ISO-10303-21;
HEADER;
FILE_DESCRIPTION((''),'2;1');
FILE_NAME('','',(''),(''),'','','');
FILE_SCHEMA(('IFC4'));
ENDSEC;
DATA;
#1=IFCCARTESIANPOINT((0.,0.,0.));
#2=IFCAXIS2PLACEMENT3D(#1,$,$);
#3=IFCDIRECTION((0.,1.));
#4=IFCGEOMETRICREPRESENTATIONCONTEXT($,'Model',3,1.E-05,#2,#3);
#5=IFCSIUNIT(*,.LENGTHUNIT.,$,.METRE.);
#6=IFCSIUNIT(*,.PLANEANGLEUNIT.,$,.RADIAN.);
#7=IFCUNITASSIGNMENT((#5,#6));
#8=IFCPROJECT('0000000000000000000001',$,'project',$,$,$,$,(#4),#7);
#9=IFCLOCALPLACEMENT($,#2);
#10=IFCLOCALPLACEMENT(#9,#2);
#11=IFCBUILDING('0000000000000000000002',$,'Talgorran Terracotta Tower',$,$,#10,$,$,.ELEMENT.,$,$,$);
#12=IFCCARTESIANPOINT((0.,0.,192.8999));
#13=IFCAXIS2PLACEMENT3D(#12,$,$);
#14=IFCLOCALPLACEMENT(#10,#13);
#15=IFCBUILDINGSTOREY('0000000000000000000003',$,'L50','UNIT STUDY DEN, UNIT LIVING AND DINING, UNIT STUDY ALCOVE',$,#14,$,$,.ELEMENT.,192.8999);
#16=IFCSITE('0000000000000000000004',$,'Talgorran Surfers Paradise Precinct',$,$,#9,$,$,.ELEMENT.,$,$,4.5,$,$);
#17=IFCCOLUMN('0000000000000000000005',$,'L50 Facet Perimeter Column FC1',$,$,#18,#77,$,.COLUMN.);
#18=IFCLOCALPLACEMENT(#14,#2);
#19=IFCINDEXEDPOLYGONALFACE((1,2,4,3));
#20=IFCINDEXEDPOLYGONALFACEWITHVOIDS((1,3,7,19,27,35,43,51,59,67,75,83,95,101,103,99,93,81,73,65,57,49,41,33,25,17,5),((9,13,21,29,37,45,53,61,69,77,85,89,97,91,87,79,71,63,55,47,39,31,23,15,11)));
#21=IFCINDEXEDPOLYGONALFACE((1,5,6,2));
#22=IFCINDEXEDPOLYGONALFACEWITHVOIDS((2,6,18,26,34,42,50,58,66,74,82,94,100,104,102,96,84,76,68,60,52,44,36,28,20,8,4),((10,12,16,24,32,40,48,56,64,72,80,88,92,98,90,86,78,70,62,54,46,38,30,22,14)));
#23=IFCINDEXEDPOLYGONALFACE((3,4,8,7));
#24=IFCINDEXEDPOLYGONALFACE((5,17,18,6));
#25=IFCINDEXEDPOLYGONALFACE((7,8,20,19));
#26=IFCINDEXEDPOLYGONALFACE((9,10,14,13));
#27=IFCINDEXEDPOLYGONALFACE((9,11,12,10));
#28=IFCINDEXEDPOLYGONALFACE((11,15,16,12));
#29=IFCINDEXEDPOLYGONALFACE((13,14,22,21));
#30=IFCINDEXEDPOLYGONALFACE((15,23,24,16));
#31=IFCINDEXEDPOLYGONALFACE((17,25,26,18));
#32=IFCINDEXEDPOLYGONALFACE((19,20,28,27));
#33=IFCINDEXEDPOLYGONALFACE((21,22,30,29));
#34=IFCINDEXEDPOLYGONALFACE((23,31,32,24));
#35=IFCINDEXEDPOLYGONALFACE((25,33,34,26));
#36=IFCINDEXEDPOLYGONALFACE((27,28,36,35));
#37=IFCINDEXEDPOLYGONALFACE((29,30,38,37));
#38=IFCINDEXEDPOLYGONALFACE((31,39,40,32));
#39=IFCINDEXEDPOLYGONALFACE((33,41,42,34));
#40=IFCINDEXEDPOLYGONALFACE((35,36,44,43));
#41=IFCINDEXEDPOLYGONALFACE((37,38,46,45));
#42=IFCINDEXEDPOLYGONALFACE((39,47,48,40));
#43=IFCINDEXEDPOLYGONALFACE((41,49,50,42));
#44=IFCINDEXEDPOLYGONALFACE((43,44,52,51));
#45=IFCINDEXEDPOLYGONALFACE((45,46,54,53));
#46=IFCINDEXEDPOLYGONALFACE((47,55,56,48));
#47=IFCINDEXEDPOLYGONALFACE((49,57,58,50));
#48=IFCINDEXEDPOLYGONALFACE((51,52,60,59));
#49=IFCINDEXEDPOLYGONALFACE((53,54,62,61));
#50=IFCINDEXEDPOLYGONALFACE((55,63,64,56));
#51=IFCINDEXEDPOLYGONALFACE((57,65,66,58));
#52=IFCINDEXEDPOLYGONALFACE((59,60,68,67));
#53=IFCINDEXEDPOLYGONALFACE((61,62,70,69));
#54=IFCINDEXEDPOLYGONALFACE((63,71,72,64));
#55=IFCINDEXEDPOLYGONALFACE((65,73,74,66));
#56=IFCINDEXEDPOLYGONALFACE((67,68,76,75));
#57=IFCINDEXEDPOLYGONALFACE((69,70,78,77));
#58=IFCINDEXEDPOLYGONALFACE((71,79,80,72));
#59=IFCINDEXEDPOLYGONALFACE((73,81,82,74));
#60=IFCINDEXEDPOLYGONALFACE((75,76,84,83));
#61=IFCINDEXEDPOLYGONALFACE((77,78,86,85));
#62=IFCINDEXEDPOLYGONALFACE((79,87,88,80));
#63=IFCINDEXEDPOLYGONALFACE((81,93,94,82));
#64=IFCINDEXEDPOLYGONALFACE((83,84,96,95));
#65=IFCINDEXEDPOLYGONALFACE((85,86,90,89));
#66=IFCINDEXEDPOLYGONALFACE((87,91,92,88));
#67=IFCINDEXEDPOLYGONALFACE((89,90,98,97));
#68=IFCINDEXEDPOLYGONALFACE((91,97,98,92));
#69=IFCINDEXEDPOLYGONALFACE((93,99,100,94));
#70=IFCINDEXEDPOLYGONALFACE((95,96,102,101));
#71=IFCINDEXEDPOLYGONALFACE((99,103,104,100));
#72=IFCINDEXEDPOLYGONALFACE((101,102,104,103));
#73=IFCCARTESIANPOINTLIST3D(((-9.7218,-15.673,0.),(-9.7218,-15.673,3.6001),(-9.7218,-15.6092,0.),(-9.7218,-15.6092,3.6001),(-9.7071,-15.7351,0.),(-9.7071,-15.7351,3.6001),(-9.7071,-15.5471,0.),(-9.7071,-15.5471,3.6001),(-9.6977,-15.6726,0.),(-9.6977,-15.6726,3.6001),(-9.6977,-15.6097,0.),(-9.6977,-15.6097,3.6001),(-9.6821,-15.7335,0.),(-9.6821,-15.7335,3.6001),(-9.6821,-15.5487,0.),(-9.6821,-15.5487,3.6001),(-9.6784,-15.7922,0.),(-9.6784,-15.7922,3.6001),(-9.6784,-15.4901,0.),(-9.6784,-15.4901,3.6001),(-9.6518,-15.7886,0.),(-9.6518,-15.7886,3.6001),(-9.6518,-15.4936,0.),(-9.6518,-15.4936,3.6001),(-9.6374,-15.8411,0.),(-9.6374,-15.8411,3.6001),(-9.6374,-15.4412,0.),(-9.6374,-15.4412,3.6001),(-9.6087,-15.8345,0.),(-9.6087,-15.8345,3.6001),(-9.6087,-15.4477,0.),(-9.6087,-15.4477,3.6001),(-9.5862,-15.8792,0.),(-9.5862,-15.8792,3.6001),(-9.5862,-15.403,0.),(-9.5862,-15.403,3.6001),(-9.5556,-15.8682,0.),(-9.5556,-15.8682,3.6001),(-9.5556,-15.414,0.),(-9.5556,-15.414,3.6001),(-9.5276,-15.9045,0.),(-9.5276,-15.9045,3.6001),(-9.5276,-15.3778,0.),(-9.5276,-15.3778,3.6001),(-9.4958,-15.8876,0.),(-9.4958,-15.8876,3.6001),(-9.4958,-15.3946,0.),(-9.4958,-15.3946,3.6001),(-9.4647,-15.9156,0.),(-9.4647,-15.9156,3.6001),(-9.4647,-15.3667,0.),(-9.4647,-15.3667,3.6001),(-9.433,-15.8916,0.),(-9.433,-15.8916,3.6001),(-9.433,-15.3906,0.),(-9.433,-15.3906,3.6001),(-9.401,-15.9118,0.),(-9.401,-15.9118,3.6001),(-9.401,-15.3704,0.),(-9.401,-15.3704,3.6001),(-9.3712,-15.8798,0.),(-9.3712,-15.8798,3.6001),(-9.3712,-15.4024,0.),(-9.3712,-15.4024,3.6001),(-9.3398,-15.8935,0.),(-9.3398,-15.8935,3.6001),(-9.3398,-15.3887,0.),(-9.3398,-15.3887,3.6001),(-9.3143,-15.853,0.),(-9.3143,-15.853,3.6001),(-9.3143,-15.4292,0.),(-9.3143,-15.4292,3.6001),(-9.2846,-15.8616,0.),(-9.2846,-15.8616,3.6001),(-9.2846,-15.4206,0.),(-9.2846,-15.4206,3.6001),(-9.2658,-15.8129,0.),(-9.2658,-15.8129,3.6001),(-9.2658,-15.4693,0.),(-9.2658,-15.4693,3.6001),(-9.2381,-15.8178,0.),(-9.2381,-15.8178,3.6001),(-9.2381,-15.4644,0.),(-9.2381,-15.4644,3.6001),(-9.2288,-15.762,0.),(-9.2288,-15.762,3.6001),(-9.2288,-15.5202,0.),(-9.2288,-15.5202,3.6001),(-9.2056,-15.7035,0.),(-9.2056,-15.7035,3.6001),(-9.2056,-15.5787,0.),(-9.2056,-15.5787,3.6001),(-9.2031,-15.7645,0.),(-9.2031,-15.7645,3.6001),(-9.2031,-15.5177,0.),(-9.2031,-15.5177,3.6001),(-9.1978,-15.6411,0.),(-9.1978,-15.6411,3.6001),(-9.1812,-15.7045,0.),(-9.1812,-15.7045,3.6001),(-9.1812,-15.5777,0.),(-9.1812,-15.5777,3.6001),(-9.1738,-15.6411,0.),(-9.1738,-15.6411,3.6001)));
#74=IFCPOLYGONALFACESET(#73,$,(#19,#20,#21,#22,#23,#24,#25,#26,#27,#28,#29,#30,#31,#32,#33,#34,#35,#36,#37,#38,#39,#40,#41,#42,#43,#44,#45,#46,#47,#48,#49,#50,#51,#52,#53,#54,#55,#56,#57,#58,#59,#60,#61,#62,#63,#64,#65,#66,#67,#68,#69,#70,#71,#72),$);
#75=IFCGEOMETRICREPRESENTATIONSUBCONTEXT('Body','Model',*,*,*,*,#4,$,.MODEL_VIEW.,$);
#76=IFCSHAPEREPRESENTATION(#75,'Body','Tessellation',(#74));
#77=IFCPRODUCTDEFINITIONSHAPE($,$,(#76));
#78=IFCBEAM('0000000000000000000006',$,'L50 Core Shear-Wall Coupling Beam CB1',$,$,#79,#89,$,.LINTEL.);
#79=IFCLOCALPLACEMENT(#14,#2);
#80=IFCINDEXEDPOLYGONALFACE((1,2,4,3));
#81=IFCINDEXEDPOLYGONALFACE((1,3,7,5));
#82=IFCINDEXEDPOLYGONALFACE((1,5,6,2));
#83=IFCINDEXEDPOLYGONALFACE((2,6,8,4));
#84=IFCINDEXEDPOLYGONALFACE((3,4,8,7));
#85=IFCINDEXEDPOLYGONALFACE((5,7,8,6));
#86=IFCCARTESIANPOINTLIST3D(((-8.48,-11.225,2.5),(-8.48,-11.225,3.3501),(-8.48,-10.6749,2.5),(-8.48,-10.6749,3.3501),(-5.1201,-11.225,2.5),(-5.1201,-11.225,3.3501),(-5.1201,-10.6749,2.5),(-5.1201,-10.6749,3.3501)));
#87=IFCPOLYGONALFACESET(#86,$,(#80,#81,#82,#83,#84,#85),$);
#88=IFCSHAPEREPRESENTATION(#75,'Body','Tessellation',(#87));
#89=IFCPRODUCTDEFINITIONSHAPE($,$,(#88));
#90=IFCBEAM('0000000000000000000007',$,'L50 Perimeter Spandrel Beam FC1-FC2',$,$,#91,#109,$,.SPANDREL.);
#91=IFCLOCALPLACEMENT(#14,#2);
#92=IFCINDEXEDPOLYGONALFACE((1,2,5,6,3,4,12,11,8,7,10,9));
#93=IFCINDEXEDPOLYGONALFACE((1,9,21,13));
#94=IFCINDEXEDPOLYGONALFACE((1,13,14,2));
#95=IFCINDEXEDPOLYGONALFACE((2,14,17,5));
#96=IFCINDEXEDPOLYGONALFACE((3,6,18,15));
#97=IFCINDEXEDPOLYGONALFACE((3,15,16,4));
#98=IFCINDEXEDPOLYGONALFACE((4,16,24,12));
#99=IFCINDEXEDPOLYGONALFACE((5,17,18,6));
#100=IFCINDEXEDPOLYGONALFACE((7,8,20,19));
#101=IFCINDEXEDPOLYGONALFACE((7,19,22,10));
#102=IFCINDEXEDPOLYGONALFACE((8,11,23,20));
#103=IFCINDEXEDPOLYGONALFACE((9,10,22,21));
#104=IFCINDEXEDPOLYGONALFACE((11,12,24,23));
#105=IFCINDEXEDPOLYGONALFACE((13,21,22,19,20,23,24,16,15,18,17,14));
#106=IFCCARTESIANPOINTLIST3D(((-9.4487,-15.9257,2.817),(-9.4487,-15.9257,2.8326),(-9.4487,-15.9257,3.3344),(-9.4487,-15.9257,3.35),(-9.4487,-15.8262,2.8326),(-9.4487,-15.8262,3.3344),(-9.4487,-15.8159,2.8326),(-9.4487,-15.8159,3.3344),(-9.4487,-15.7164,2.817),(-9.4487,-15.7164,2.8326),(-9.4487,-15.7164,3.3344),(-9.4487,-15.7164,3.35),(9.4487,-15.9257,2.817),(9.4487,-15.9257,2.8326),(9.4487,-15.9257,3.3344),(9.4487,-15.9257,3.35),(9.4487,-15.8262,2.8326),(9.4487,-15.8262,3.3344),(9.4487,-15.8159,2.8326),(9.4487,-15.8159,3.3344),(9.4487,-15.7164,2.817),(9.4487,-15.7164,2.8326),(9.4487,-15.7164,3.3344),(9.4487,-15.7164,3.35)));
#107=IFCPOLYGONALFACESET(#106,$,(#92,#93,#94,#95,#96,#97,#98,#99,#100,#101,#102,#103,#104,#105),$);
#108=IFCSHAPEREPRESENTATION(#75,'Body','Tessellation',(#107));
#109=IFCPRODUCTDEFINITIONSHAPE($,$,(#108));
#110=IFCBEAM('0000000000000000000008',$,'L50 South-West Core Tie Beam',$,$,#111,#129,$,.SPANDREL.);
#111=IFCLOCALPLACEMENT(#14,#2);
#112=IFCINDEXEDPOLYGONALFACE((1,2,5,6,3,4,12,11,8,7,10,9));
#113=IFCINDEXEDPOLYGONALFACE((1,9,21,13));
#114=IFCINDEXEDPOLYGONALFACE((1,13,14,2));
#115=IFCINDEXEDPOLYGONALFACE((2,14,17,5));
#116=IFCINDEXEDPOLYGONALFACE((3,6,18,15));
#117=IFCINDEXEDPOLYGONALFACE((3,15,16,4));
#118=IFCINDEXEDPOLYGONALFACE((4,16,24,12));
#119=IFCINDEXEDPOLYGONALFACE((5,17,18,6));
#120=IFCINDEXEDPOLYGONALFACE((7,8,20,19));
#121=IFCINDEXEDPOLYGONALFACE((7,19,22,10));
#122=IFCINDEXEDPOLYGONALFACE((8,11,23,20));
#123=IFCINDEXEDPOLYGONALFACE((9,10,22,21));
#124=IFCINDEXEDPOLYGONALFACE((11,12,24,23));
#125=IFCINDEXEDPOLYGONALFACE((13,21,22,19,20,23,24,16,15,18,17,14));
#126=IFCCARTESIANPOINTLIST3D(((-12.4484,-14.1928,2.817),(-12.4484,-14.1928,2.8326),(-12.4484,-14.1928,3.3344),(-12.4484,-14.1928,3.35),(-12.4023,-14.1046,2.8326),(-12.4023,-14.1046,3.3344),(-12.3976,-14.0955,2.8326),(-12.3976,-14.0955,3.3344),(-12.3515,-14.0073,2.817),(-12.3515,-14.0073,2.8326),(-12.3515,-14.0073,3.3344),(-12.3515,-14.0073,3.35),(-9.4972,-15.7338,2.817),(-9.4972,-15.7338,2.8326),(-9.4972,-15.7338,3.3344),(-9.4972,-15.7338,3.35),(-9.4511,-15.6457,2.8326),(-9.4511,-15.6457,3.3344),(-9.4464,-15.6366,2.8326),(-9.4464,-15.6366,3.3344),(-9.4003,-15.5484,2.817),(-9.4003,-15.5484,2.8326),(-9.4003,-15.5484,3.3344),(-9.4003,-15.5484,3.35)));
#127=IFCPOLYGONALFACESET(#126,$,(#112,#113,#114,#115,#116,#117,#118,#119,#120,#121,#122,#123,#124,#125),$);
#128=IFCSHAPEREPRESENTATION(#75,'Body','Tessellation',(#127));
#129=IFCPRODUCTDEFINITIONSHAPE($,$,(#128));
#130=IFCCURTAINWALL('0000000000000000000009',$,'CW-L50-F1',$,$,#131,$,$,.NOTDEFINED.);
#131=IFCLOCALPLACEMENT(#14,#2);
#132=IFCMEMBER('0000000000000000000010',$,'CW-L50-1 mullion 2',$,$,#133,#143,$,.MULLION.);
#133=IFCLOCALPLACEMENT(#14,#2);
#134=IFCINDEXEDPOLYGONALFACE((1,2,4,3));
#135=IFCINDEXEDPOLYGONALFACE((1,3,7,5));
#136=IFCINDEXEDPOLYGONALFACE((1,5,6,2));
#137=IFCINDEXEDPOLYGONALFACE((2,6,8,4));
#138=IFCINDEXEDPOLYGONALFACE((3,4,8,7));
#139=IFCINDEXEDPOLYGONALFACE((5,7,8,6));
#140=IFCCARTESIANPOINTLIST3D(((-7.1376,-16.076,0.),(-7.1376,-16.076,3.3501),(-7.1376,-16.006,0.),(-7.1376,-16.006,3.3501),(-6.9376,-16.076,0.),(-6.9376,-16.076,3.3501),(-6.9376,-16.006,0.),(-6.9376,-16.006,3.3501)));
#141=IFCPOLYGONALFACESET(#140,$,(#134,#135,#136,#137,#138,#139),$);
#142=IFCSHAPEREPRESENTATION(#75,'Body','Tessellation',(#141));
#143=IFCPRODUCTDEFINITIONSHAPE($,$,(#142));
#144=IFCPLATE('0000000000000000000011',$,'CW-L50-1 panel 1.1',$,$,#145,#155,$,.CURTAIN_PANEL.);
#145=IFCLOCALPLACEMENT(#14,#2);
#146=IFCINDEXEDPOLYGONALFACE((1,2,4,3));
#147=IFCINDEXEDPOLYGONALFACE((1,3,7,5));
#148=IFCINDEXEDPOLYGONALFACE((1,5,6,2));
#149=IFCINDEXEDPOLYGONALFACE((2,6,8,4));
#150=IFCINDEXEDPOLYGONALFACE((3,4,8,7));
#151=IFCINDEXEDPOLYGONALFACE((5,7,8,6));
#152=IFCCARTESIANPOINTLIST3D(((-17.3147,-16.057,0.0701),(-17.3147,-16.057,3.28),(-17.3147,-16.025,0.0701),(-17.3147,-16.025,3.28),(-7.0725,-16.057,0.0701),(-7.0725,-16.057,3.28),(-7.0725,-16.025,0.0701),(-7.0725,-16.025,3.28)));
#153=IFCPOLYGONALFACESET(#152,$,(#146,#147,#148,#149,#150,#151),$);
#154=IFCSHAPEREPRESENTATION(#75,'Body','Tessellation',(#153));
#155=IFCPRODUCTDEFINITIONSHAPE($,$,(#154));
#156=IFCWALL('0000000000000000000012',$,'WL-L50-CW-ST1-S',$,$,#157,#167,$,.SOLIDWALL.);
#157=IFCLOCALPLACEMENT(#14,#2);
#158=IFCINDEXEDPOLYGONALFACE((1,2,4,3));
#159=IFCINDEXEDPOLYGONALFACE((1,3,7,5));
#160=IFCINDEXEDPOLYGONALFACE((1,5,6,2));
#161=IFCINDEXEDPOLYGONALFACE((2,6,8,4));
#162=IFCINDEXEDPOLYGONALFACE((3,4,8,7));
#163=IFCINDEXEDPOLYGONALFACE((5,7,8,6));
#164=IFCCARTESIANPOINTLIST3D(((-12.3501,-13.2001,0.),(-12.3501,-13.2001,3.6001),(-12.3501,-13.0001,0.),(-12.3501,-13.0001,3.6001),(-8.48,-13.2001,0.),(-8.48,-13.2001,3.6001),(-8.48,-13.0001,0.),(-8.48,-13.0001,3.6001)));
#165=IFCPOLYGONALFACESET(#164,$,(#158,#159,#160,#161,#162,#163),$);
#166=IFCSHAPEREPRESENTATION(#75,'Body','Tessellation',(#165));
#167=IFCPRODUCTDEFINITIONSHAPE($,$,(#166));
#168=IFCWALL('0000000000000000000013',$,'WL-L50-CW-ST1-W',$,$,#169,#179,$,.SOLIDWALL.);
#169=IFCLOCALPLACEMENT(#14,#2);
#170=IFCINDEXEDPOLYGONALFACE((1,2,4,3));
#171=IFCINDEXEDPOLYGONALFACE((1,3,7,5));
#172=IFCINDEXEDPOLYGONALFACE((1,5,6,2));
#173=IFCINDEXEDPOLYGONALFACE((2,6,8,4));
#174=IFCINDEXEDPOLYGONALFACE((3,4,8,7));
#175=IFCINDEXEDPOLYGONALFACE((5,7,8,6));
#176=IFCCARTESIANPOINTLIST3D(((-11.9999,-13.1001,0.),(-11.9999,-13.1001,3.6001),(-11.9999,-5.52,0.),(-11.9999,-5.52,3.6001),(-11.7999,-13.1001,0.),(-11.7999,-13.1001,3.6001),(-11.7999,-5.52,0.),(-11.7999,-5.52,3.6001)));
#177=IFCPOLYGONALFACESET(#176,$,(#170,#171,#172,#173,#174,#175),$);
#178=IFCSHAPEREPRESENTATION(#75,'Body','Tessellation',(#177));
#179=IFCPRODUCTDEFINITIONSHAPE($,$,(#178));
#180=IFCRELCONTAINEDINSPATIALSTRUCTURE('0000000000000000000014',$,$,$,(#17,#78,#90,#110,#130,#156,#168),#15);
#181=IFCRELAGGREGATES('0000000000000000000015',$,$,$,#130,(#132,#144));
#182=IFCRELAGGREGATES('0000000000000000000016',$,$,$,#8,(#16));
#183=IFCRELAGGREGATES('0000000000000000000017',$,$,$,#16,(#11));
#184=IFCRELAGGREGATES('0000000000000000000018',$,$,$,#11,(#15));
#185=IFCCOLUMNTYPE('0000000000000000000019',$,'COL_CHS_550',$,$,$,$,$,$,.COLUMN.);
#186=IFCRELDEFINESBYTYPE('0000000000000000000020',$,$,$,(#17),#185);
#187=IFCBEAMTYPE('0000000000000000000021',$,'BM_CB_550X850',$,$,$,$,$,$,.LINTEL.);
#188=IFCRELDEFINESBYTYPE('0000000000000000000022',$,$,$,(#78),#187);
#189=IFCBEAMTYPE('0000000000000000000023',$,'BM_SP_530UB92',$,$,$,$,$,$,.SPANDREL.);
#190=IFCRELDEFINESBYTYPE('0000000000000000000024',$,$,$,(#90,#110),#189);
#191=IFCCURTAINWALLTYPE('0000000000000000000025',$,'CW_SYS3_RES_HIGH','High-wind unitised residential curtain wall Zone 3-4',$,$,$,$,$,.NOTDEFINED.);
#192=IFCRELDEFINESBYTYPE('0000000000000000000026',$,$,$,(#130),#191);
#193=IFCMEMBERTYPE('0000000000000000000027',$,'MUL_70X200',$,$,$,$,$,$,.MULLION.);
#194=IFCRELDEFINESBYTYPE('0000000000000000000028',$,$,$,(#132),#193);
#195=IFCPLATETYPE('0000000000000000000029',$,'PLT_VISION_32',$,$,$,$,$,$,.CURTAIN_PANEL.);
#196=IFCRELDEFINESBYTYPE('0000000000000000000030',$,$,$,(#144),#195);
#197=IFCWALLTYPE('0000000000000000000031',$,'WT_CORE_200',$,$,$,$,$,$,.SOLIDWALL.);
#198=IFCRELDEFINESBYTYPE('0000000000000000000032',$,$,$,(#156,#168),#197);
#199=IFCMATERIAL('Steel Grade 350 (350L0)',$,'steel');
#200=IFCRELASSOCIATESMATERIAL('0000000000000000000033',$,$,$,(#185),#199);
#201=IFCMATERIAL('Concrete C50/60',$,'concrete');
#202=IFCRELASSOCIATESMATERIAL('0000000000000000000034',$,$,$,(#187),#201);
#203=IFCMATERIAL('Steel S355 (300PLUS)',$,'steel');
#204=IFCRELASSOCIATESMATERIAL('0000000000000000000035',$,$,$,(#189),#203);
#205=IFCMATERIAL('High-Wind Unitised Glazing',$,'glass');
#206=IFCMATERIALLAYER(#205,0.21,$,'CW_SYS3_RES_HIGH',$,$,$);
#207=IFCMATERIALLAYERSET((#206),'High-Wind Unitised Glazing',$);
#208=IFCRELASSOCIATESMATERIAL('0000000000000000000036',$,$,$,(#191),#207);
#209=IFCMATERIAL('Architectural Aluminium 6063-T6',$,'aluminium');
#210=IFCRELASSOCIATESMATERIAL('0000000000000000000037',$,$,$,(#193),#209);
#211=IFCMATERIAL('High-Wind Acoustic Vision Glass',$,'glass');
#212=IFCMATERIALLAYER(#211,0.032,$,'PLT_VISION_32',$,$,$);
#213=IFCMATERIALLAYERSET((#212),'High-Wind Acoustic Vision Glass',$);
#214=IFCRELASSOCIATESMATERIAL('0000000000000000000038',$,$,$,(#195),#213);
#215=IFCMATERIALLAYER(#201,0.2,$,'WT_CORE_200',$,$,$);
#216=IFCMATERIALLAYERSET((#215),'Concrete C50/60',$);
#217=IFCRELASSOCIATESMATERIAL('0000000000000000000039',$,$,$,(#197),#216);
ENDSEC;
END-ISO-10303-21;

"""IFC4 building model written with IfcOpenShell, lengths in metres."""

from ifc_helpers import new_model, si_unit, direction, frame, frame_2d, origin, origin_2d, place, context, subcontext, project, spatial, rectangle, hollow_circle, i_section, extrude, source, transform, mapped, material, layer, layer_set, material_profile, profile_set, type_object, type_shapes, element, aggregate, save


model = new_model("IFC4")

# Units and contexts
model_context = context("Model", 3, precision=1e-05, world=origin(), true_north=direction((0.0, 1.0)))
body_context = subcontext(model_context, "Body", "Model", "MODEL_VIEW")
ifc_project = project(units=[si_unit("LENGTHUNIT", "METRE"), si_unit("PLANEANGLEUNIT", "RADIAN")], contexts=[model_context])

# Site, building, storey
site_placement = place(None, origin())
site = spatial("IfcSite", under=ifc_project, at=site_placement, Name="Talgorran Surfers Paradise Precinct", CompositionType="ELEMENT", RefElevation=4.5)
building_placement = place(site_placement, origin())
building = spatial("IfcBuilding", under=site, at=building_placement, Name="Talgorran Terracotta Tower", CompositionType="ELEMENT")
storey_placement = place(building_placement, frame((0.0, 0.0, 192.8999)))
storey = spatial("IfcBuildingStorey", under=building, at=storey_placement, Name="L50", Description="UNIT STUDY DEN, UNIT LIVING AND DINING, UNIT STUDY ALCOVE", CompositionType="ELEMENT", Elevation=192.8999)

# Column
ifc_material_1 = material(Name="Steel Grade 350 (350L0)", Category="steel")
ifc_material_profile_1 = material_profile(ifc_material_1, hollow_circle(Radius=0.2749, WallThickness=0.0239, at=origin_2d()), Name="CHS550X24")
ifc_profile_set_1 = profile_set([ifc_material_profile_1], Name="Steel Grade 350 (350L0)")
column_type = type_object("IfcColumnType", Name="COL_CHS_550", PredefinedType="COLUMN", material=ifc_profile_set_1)
column_placement = place(storey_placement, frame((-9.4487, -15.6411, 0.0), z_axis=(0.0, 0.0, 1.0), x_axis=(1.0, 0.0, 0.0)))
element("IfcColumn", 1, at=column_placement, inside=storey, type_object=column_type, Name="L50 Facet Perimeter Column FC1", PredefinedType="COLUMN", context=body_context, shape_type="SweptSolid", body=[
    extrude(hollow_circle(Radius=0.2749, WallThickness=0.0239, at=origin_2d()), origin(), (0.0, 0.0, 1.0), 3.6001),
])

# Beams
ifc_material_2 = material(Name="Concrete C50/60", Category="concrete")
ifc_material_profile_2 = material_profile(ifc_material_2, rectangle(XDim=0.55, YDim=0.8501, at=origin_2d()), Name="RCCB550X850")
ifc_profile_set_2 = profile_set([ifc_material_profile_2], Name="Concrete C50/60")
beam_type_1 = type_object("IfcBeamType", Name="BM_CB_550X850", PredefinedType="LINTEL", material=ifc_profile_set_2)
beam_1_placement = place(storey_placement, frame((-8.48, -10.95, 2.925), z_axis=(1.0, 0.0, 0.0), x_axis=(0.0, 1.0, 0.0)))
element("IfcBeam", 2, at=beam_1_placement, inside=storey, type_object=beam_type_1, Name="L50 Core Shear-Wall Coupling Beam CB1", PredefinedType="LINTEL", context=body_context, shape_type="SweptSolid", body=[
    extrude(rectangle(XDim=0.55, YDim=0.8501, at=origin_2d()), origin(), (0.0, 0.0, 1.0), 3.3599),
])
ifc_material_3 = material(Name="Steel S355 (300PLUS)", Category="steel")
ifc_material_profile_3 = material_profile(ifc_material_3, i_section(OverallWidth=0.2092, OverallDepth=0.533, WebThickness=0.0103, FlangeThickness=0.0156, at=origin_2d()), Name="530UB92.4")
ifc_profile_set_3 = profile_set([ifc_material_profile_3], Name="Steel S355 (300PLUS)")
beam_type_2 = type_object("IfcBeamType", Name="BM_SP_530UB92", PredefinedType="SPANDREL", material=ifc_profile_set_3)
beam_2_placement = place(storey_placement, frame((-9.4487, -15.821, 3.0835), z_axis=(1.0, 0.0, 0.0), x_axis=(0.0, 1.0, 0.0)))
element("IfcBeam", 3, at=beam_2_placement, inside=storey, type_object=beam_type_2, Name="L50 Perimeter Spandrel Beam FC1-FC2", PredefinedType="SPANDREL", context=body_context, shape_type="SweptSolid", body=[
    extrude(i_section(OverallWidth=0.2092, OverallDepth=0.533, WebThickness=0.0103, FlangeThickness=0.0156, at=origin_2d()), origin(), (0.0, 0.0, 1.0), 18.8975),
])
beam_3_placement = place(storey_placement, frame((-9.4487, -15.6411, 3.0835), z_axis=(-0.886428, 0.462867, 0.0), x_axis=(-0.462867, -0.886428, 0.0)))
element("IfcBeam", 4, at=beam_3_placement, inside=storey, type_object=beam_type_2, Name="L50 South-West Core Tie Beam", PredefinedType="SPANDREL", context=body_context, shape_type="SweptSolid", body=[
    extrude(i_section(OverallWidth=0.2092, OverallDepth=0.533, WebThickness=0.0103, FlangeThickness=0.0156, at=origin_2d()), origin(), (0.0, 0.0, 1.0), 3.3293),
])

# Curtain wall, member, plate
ifc_material_4 = material(Name="High-Wind Unitised Glazing", Category="glass")
ifc_layer_1 = layer(ifc_material_4, 0.21, Name="CW_SYS3_RES_HIGH")
ifc_layer_set_1 = layer_set([ifc_layer_1], Name="High-Wind Unitised Glazing")
curtain_wall_type = type_object("IfcCurtainWallType", Name="CW_SYS3_RES_HIGH", Description="High-wind unitised residential curtain wall Zone 3-4", PredefinedType="NOTDEFINED", material=ifc_layer_set_1)
curtain_wall_placement = place(storey_placement, origin())
curtain_wall = element("IfcCurtainWall", 5, at=curtain_wall_placement, inside=storey, type_object=curtain_wall_type, Name="CW-L50-F1", PredefinedType="NOTDEFINED")
ifc_material_5 = material(Name="Architectural Aluminium 6063-T6", Category="aluminium")
ifc_material_profile_4 = material_profile(ifc_material_5, rectangle(XDim=0.0701, YDim=0.2, at=origin_2d()), Name="CWM70X200")
ifc_profile_set_4 = profile_set([ifc_material_profile_4], Name="Architectural Aluminium 6063-T6")
member_type = type_object("IfcMemberType", Name="MUL_70X200", PredefinedType="MULLION", material=ifc_profile_set_4)
member_placement = place(storey_placement, frame((-7.0376, -16.041, 0.0), z_axis=(0.0, 0.0, 1.0), x_axis=(0.0, 1.0, 0.0)))
member = element("IfcMember", 6, at=member_placement, type_object=member_type, Name="CW-L50-1 mullion 2", PredefinedType="MULLION", context=body_context, shape_type="SweptSolid", body=[
    extrude(rectangle(XDim=0.0701, YDim=0.2, at=origin_2d()), origin(), (0.0, 0.0, 1.0), 3.3501),
])
ifc_material_6 = material(Name="High-Wind Acoustic Vision Glass", Category="glass")
ifc_layer_2 = layer(ifc_material_6, 0.032, Name="PLT_VISION_32")
ifc_layer_set_2 = layer_set([ifc_layer_2], Name="High-Wind Acoustic Vision Glass")
plate_type = type_object("IfcPlateType", Name="PLT_VISION_32", PredefinedType="CURTAIN_PANEL", material=ifc_layer_set_2)
shared_shape = source(origin(), body_context, "Body", "SweptSolid", [
    extrude(rectangle(XDim=10.2422, YDim=0.032, at=origin_2d()), origin(), (0.0, 0.0, 1.0), 3.21),
])
type_shapes(plate_type, [shared_shape])
plate_placement = place(storey_placement, frame((-12.1936, -16.041, 0.0701), z_axis=(0.0, 0.0, 1.0), x_axis=(1.0, 0.0, 0.0)))
plate = element("IfcPlate", 7, at=plate_placement, type_object=plate_type, Name="CW-L50-1 panel 1.1", PredefinedType="CURTAIN_PANEL", context=body_context, shape_type="MappedRepresentation", body=[
    mapped(shared_shape, transform((0.0, 0.0, 0.0), scale=1.0)),
])
aggregate(curtain_wall, [member, plate])

# Walls
ifc_layer_3 = layer(ifc_material_2, 0.2, Name="WT_CORE_200")
ifc_layer_set_3 = layer_set([ifc_layer_3], Name="Concrete C50/60")
wall_type_1 = type_object("IfcWallType", Name="WT_CORE_200", PredefinedType="SOLIDWALL", material=ifc_layer_set_3)
wall_1_placement = place(storey_placement, frame((-12.3501, -13.1001, 0.0), z_axis=(0.0, 0.0, 1.0), x_axis=(1.0, 0.0, 0.0)))
element("IfcWall", 8, at=wall_1_placement, inside=storey, type_object=wall_type_1, Name="WL-L50-CW-ST1-S", PredefinedType="SOLIDWALL", context=body_context, shape_type="SweptSolid", body=[
    extrude(rectangle(XDim=3.8701, YDim=0.2, at=frame_2d((1.9351, 0.0))), origin(), (0.0, 0.0, 1.0), 3.6001),
])
wall_2_placement = place(storey_placement, frame((-11.8999, -13.1001, 0.0), z_axis=(0.0, 0.0, 1.0), x_axis=(0.0, 1.0, 0.0)))
element("IfcWall", 9, at=wall_2_placement, inside=storey, type_object=wall_type_1, Name="WL-L50-CW-ST1-W", PredefinedType="SOLIDWALL", context=body_context, shape_type="SweptSolid", body=[
    extrude(rectangle(XDim=7.5801, YDim=0.2, at=frame_2d((3.79, 0.0))), origin(), (0.0, 0.0, 1.0), 3.6001),
])

save(model, "model.ifc")
